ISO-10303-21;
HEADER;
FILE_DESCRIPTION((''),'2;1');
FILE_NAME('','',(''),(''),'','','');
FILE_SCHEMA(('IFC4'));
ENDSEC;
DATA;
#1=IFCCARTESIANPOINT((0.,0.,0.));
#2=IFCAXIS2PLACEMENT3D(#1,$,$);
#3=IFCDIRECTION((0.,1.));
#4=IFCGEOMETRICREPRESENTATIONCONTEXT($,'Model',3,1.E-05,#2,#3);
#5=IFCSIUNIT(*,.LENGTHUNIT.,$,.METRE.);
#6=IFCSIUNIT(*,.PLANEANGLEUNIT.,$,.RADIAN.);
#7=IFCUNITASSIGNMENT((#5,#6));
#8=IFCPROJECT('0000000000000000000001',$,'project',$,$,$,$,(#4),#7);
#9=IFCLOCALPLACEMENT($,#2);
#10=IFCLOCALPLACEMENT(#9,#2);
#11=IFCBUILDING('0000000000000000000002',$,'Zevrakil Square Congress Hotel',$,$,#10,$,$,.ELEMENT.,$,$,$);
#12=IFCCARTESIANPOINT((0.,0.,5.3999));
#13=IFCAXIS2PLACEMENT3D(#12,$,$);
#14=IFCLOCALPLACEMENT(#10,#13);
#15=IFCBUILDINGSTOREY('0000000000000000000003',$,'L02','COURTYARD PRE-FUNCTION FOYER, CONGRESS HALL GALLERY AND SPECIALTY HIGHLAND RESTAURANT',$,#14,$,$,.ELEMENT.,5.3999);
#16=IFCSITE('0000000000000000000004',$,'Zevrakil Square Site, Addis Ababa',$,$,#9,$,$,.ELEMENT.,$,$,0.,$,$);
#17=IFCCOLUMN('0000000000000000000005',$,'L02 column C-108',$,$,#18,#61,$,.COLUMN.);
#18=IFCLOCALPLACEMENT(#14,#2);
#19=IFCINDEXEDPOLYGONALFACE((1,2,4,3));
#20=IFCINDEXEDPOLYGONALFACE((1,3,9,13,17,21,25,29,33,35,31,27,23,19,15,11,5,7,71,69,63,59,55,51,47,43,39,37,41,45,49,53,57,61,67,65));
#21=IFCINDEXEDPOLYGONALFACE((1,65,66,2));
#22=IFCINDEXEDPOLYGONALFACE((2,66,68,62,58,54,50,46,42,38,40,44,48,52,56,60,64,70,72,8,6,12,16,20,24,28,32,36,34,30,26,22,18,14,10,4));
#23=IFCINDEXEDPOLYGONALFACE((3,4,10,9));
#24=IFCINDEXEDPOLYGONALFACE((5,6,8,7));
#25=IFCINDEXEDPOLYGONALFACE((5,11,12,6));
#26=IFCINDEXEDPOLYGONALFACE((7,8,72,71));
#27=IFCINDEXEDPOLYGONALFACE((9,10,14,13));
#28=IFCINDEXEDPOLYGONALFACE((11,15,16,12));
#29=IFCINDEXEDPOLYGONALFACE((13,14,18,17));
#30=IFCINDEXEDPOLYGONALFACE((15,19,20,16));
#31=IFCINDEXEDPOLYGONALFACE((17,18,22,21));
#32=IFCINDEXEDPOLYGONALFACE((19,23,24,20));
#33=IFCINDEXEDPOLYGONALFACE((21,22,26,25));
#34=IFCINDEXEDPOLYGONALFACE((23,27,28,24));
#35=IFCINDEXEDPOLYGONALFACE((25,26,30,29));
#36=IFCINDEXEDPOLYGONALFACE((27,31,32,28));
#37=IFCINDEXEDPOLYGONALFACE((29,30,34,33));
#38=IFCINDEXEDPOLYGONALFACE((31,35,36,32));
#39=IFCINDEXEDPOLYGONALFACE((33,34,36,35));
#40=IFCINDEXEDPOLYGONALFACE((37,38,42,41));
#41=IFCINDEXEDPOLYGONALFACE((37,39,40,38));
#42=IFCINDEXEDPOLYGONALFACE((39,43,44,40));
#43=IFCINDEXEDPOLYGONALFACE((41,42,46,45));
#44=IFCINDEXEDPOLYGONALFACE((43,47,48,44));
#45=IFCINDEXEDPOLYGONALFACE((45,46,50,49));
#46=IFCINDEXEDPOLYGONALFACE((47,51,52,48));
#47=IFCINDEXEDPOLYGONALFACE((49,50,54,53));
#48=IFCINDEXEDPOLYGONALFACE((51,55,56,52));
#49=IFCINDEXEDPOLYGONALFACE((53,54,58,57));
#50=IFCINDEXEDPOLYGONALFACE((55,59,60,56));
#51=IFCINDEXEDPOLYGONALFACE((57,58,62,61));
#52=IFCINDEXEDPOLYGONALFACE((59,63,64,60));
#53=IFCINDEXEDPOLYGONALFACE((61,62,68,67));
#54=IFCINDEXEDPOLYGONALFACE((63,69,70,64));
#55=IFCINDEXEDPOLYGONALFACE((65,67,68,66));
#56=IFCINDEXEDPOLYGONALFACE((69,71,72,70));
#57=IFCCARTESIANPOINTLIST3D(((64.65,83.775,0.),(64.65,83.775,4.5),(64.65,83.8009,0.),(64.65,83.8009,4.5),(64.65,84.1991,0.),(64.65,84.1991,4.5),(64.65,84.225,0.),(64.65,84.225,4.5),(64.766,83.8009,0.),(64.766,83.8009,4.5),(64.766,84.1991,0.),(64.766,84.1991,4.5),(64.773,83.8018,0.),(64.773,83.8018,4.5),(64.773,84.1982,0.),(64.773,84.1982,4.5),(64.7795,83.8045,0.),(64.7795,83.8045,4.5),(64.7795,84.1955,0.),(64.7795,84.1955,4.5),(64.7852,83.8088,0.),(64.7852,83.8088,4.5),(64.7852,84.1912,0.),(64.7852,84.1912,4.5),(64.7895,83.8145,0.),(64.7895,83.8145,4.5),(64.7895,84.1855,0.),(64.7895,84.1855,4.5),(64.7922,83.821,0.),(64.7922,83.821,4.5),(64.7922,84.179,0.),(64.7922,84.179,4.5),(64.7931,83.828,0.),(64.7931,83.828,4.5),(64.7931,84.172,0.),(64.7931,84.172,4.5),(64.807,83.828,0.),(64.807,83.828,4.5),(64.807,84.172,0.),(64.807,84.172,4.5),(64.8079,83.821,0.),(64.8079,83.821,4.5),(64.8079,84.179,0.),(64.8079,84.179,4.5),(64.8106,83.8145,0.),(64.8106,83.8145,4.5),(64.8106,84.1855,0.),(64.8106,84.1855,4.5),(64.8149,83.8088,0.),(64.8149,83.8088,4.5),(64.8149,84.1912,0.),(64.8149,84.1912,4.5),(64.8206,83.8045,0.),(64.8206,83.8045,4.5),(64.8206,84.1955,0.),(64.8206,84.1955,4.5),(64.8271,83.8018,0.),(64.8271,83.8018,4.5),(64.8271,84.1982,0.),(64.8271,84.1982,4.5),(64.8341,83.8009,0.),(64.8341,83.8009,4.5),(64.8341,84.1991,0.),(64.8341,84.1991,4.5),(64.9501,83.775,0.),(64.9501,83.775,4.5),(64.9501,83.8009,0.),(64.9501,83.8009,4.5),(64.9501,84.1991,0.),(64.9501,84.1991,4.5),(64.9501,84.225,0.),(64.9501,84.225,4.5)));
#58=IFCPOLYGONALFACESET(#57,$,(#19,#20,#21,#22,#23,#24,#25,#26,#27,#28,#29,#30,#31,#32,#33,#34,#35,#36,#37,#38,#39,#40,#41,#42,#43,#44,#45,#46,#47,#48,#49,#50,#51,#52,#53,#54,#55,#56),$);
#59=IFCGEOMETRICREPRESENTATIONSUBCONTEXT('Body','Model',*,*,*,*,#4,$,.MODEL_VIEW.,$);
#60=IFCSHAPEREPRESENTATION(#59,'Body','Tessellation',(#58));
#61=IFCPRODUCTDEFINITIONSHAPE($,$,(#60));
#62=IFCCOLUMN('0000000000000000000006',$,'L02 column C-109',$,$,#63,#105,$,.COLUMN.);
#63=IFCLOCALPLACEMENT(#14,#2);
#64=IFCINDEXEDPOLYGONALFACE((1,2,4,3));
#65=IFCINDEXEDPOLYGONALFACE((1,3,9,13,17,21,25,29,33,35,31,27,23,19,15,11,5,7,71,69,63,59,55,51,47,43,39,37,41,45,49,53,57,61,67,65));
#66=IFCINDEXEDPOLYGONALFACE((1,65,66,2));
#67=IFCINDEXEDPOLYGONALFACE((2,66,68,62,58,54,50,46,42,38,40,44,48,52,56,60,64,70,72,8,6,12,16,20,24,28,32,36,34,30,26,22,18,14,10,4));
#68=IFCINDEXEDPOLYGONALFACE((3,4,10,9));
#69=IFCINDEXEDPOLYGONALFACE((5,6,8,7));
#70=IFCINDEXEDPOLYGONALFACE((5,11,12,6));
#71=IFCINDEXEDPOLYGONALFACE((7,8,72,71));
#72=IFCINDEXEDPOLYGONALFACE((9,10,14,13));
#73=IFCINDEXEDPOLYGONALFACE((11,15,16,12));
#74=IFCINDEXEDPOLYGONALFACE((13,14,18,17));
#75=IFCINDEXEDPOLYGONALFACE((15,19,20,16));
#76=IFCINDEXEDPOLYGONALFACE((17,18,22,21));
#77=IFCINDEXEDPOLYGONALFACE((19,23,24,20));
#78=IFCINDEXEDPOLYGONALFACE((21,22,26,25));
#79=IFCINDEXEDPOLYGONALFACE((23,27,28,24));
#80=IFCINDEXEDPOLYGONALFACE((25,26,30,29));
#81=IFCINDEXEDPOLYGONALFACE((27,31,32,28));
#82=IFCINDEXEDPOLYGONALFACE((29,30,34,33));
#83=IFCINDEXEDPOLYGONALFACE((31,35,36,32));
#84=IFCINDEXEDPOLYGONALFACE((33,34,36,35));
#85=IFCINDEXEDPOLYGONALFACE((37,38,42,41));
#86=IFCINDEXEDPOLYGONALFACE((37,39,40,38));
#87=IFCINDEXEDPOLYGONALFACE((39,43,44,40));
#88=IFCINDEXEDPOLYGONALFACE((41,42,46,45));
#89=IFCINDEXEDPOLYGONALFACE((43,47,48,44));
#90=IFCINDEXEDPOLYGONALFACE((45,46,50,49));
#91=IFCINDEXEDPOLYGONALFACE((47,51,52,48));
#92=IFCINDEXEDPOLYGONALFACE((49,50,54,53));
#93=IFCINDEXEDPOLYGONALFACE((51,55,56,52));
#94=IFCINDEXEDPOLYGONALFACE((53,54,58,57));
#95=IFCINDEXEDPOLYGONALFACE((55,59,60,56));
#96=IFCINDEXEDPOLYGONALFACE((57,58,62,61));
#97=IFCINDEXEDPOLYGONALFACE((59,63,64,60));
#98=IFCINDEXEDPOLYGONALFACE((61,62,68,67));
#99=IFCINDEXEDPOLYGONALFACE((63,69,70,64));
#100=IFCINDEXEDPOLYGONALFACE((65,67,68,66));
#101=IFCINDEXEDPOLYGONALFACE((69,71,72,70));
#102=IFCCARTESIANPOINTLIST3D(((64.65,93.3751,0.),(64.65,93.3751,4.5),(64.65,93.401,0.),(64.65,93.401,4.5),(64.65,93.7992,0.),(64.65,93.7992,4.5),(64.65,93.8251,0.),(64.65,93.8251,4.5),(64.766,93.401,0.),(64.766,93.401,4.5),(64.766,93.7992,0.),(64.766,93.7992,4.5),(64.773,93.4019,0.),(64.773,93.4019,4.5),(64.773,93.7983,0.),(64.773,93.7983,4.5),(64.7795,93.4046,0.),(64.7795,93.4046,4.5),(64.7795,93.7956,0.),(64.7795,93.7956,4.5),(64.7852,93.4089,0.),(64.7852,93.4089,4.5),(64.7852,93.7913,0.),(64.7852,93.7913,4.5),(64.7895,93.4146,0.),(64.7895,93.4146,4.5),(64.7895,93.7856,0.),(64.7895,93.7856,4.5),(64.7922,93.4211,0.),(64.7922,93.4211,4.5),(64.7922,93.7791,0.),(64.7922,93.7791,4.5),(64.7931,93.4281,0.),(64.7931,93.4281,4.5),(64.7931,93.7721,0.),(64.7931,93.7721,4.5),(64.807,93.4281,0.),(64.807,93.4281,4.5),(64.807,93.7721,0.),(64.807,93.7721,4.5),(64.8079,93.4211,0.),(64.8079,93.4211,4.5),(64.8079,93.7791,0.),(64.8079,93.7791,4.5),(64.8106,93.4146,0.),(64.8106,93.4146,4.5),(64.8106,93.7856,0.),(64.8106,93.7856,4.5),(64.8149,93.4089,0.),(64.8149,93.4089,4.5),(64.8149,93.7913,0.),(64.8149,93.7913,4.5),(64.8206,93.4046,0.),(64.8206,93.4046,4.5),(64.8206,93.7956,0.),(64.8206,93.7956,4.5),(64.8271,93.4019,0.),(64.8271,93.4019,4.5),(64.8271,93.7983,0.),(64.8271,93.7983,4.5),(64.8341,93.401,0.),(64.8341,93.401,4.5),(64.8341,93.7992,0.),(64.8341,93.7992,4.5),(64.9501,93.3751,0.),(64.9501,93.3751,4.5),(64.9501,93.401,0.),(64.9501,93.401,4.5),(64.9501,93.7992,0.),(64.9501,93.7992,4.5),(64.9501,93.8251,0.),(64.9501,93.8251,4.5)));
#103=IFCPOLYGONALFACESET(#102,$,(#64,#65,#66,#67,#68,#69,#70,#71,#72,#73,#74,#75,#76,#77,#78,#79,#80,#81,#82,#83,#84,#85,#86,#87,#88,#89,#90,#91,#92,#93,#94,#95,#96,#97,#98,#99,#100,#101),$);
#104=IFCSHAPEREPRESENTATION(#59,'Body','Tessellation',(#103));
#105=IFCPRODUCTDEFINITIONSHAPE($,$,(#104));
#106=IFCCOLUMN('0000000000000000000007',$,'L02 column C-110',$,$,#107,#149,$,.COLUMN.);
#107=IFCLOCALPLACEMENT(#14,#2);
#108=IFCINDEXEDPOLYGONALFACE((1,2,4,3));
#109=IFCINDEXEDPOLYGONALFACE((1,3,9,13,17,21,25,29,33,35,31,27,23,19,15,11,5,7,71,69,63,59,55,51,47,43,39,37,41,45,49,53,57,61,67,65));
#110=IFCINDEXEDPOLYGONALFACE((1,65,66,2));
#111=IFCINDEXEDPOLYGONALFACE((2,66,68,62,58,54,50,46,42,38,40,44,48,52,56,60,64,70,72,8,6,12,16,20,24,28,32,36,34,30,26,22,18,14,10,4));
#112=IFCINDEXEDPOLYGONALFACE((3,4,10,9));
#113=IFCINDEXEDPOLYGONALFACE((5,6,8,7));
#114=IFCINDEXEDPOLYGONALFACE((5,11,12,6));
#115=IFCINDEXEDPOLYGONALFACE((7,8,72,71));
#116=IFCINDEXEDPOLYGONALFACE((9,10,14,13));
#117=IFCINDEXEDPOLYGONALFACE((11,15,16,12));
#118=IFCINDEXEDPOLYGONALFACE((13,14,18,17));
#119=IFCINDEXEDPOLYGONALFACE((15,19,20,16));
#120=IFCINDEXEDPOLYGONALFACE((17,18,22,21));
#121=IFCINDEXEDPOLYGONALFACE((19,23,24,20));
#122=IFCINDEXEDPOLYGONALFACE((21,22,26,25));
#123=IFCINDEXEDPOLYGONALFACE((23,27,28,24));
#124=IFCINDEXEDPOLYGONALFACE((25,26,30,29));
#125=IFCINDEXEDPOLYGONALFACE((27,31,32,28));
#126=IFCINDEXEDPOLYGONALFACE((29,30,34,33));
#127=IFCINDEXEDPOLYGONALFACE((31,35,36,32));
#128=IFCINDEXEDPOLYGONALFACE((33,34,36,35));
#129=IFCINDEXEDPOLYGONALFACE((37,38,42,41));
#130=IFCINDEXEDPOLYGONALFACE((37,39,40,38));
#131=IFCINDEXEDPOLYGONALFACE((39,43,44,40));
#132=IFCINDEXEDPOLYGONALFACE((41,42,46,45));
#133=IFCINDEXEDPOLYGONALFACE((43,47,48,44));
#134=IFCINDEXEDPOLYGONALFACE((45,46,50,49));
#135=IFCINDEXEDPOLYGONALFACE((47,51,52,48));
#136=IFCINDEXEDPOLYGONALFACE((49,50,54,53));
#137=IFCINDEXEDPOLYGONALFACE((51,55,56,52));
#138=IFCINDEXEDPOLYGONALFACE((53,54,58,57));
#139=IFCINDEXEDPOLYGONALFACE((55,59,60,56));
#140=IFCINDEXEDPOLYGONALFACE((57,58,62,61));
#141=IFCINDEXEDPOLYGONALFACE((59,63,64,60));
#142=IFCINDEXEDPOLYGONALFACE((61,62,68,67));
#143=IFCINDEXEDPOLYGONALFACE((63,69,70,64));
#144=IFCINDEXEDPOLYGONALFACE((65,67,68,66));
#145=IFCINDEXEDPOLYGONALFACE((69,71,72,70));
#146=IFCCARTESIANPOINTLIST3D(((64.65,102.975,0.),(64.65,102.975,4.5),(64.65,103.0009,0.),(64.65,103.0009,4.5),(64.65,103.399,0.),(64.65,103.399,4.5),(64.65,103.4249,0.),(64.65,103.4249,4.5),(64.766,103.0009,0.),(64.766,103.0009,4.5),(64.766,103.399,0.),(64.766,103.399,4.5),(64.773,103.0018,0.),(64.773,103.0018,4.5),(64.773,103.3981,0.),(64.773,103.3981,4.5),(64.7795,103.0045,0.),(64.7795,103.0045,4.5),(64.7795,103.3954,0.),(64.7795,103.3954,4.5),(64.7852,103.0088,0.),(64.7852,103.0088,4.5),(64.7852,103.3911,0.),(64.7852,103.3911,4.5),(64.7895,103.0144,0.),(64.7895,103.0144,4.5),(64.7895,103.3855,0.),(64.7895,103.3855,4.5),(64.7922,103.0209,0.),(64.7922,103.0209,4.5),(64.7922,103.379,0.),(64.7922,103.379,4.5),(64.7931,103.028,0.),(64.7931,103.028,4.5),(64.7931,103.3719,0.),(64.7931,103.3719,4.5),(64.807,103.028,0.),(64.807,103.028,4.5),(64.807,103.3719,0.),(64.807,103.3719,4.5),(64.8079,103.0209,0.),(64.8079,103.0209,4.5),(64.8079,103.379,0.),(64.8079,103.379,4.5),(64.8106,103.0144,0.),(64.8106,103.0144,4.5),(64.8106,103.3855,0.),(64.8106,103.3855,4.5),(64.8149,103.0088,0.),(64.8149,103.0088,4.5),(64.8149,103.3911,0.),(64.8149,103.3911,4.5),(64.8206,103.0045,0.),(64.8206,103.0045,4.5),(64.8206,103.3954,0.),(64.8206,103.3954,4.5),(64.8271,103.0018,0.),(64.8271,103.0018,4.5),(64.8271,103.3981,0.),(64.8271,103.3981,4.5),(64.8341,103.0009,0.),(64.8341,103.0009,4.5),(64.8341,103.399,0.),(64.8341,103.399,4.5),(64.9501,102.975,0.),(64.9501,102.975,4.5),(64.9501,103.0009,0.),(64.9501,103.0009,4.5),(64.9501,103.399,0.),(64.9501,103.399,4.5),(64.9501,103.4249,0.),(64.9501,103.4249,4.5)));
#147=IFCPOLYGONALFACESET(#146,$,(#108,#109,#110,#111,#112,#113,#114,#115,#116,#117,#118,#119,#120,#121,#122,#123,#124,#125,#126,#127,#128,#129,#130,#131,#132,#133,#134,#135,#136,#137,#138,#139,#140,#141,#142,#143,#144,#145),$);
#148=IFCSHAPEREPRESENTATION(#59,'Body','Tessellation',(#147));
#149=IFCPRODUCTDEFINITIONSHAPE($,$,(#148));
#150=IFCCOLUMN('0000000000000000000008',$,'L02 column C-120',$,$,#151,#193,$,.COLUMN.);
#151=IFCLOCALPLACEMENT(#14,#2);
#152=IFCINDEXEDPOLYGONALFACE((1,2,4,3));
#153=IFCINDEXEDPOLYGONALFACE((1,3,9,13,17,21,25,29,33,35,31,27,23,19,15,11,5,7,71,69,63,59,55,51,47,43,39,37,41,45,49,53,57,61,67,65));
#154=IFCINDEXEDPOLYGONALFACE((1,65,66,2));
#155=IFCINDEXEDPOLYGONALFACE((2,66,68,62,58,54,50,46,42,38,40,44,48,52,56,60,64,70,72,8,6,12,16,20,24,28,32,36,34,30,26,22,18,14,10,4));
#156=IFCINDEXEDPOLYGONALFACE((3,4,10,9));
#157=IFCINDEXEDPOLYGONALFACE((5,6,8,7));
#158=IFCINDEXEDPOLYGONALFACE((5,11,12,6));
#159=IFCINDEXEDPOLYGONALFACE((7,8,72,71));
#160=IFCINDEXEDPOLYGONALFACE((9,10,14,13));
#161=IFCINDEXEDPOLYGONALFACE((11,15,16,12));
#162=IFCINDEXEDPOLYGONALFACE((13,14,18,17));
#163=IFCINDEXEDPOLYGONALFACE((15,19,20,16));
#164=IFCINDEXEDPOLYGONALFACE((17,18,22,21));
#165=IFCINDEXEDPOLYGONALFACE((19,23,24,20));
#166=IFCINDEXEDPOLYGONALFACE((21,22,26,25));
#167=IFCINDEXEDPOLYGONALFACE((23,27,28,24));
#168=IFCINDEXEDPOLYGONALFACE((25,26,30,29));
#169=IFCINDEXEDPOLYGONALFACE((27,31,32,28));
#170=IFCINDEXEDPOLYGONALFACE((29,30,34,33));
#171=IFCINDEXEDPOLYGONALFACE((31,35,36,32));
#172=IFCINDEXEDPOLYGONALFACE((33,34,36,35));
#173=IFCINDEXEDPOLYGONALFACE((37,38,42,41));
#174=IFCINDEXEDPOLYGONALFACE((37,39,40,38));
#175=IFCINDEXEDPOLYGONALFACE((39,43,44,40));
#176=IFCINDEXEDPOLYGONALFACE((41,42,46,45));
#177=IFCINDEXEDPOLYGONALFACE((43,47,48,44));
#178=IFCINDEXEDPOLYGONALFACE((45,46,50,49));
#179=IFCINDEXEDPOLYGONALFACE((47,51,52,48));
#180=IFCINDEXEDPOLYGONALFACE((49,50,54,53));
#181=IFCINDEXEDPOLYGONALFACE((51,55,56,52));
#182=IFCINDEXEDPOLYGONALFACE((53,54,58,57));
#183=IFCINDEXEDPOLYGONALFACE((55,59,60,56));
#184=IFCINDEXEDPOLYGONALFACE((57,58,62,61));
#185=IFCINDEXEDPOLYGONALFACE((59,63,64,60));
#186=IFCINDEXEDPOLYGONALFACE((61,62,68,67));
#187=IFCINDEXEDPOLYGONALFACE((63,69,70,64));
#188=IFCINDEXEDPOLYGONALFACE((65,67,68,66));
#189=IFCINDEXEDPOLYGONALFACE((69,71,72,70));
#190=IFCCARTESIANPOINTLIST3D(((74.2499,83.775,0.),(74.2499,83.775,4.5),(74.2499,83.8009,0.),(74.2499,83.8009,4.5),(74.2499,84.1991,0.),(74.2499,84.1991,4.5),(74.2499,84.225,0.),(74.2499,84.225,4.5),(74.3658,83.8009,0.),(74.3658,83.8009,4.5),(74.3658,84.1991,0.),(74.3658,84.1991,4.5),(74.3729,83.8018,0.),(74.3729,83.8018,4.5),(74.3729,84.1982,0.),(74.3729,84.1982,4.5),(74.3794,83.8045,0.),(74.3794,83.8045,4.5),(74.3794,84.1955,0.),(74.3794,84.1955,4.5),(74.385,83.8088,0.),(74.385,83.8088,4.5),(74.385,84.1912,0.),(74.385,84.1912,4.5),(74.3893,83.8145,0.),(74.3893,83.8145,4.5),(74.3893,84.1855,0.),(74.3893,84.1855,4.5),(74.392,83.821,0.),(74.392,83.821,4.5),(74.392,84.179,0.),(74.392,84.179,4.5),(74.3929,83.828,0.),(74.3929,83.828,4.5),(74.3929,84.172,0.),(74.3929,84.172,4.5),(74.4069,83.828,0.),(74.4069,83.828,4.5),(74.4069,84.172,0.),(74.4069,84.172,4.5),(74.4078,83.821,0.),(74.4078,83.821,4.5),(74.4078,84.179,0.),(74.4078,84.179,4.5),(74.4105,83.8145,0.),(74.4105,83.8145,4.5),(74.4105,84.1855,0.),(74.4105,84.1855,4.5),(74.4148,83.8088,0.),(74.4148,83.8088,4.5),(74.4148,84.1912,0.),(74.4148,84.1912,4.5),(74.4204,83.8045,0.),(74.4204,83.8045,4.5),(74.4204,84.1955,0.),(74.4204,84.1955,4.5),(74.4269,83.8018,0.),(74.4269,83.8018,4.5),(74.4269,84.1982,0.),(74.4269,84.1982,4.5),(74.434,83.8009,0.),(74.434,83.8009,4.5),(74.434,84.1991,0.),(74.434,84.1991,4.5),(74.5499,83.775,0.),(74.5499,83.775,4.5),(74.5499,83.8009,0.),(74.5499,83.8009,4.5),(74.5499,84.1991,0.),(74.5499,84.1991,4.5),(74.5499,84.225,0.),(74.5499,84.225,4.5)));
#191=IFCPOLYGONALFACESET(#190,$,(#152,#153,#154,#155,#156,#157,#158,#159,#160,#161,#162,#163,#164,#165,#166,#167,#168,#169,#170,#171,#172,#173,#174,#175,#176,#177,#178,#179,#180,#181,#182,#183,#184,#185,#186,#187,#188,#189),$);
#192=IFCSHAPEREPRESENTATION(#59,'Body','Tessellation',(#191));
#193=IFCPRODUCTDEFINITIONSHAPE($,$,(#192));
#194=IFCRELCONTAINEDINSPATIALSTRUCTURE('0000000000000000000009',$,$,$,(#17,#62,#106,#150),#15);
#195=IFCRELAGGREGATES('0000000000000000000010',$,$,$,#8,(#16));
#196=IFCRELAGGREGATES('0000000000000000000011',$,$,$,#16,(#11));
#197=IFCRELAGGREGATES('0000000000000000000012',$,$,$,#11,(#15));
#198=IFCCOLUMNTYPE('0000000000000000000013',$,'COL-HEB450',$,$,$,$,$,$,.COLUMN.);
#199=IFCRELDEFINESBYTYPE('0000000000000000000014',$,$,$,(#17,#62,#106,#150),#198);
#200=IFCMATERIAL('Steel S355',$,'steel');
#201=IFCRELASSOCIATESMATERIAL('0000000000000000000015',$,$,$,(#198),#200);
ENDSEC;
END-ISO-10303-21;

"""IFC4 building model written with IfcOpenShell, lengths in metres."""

from ifc_helpers import new_model, si_unit, direction, frame, origin, origin_2d, place, context, subcontext, project, spatial, i_section, extrude, material, material_profile, profile_set, type_object, element, save


model = new_model("IFC4")

# Units and contexts
model_context = context("Model", 3, precision=1e-05, world=origin(), true_north=direction((0.0, 1.0)))
body_context = subcontext(model_context, "Body", "Model", "MODEL_VIEW")
ifc_project = project(units=[si_unit("LENGTHUNIT", "METRE"), si_unit("PLANEANGLEUNIT", "RADIAN")], contexts=[model_context])

# Site, building, storey
site_placement = place(None, origin())
site = spatial("IfcSite", under=ifc_project, at=site_placement, Name="Zevrakil Square Site, Addis Ababa", CompositionType="ELEMENT", RefElevation=0.0)
building_placement = place(site_placement, origin())
building = spatial("IfcBuilding", under=site, at=building_placement, Name="Zevrakil Square Congress Hotel", CompositionType="ELEMENT")
storey_placement = place(building_placement, frame((0.0, 0.0, 5.3999)))
storey = spatial("IfcBuildingStorey", under=building, at=storey_placement, Name="L02", Description="COURTYARD PRE-FUNCTION FOYER, CONGRESS HALL GALLERY AND SPECIALTY HIGHLAND RESTAURANT", CompositionType="ELEMENT", Elevation=5.3999)

# Columns
ifc_material_1 = material(Name="Steel S355", Category="steel")
ifc_material_profile_1 = material_profile(ifc_material_1, i_section(OverallWidth=0.3, OverallDepth=0.45, WebThickness=0.0139, FlangeThickness=0.0259, FilletRadius=0.0271, at=origin_2d()), Name="HEB 450")
ifc_profile_set_1 = profile_set([ifc_material_profile_1], Name="Steel S355")
column_type = type_object("IfcColumnType", Name="COL-HEB450", PredefinedType="COLUMN", material=ifc_profile_set_1)
for number, where, z_axis, x_axis, name in (
    (1, (64.8, 84.0, 0.0), (0.0, 0.0, 1.0), (1.0, 0.0, 0.0), "L02 column C-108"),
    (2, (64.8, 93.6001, 0.0), (0.0, 0.0, 1.0), (1.0, 0.0, 0.0), "L02 column C-109"),
    (3, (64.8, 103.2, 0.0), (0.0, 0.0, 1.0), (1.0, 0.0, 0.0), "L02 column C-110"),
    (4, (74.3999, 84.0, 0.0), (0.0, 0.0, 1.0), (1.0, 0.0, 0.0), "L02 column C-120"),
):
    element("IfcColumn", number, at=place(storey_placement, frame(where, z_axis=z_axis, x_axis=x_axis)), inside=storey, type_object=column_type, Name=name, PredefinedType="COLUMN", context=body_context, shape_type="SweptSolid", body=[
        extrude(i_section(OverallWidth=0.3, OverallDepth=0.45, WebThickness=0.0139, FlangeThickness=0.0259, FilletRadius=0.0271, at=origin_2d()), origin(), (0.0, 0.0, 1.0), 4.5),
    ])

save(model, "model.ifc")
